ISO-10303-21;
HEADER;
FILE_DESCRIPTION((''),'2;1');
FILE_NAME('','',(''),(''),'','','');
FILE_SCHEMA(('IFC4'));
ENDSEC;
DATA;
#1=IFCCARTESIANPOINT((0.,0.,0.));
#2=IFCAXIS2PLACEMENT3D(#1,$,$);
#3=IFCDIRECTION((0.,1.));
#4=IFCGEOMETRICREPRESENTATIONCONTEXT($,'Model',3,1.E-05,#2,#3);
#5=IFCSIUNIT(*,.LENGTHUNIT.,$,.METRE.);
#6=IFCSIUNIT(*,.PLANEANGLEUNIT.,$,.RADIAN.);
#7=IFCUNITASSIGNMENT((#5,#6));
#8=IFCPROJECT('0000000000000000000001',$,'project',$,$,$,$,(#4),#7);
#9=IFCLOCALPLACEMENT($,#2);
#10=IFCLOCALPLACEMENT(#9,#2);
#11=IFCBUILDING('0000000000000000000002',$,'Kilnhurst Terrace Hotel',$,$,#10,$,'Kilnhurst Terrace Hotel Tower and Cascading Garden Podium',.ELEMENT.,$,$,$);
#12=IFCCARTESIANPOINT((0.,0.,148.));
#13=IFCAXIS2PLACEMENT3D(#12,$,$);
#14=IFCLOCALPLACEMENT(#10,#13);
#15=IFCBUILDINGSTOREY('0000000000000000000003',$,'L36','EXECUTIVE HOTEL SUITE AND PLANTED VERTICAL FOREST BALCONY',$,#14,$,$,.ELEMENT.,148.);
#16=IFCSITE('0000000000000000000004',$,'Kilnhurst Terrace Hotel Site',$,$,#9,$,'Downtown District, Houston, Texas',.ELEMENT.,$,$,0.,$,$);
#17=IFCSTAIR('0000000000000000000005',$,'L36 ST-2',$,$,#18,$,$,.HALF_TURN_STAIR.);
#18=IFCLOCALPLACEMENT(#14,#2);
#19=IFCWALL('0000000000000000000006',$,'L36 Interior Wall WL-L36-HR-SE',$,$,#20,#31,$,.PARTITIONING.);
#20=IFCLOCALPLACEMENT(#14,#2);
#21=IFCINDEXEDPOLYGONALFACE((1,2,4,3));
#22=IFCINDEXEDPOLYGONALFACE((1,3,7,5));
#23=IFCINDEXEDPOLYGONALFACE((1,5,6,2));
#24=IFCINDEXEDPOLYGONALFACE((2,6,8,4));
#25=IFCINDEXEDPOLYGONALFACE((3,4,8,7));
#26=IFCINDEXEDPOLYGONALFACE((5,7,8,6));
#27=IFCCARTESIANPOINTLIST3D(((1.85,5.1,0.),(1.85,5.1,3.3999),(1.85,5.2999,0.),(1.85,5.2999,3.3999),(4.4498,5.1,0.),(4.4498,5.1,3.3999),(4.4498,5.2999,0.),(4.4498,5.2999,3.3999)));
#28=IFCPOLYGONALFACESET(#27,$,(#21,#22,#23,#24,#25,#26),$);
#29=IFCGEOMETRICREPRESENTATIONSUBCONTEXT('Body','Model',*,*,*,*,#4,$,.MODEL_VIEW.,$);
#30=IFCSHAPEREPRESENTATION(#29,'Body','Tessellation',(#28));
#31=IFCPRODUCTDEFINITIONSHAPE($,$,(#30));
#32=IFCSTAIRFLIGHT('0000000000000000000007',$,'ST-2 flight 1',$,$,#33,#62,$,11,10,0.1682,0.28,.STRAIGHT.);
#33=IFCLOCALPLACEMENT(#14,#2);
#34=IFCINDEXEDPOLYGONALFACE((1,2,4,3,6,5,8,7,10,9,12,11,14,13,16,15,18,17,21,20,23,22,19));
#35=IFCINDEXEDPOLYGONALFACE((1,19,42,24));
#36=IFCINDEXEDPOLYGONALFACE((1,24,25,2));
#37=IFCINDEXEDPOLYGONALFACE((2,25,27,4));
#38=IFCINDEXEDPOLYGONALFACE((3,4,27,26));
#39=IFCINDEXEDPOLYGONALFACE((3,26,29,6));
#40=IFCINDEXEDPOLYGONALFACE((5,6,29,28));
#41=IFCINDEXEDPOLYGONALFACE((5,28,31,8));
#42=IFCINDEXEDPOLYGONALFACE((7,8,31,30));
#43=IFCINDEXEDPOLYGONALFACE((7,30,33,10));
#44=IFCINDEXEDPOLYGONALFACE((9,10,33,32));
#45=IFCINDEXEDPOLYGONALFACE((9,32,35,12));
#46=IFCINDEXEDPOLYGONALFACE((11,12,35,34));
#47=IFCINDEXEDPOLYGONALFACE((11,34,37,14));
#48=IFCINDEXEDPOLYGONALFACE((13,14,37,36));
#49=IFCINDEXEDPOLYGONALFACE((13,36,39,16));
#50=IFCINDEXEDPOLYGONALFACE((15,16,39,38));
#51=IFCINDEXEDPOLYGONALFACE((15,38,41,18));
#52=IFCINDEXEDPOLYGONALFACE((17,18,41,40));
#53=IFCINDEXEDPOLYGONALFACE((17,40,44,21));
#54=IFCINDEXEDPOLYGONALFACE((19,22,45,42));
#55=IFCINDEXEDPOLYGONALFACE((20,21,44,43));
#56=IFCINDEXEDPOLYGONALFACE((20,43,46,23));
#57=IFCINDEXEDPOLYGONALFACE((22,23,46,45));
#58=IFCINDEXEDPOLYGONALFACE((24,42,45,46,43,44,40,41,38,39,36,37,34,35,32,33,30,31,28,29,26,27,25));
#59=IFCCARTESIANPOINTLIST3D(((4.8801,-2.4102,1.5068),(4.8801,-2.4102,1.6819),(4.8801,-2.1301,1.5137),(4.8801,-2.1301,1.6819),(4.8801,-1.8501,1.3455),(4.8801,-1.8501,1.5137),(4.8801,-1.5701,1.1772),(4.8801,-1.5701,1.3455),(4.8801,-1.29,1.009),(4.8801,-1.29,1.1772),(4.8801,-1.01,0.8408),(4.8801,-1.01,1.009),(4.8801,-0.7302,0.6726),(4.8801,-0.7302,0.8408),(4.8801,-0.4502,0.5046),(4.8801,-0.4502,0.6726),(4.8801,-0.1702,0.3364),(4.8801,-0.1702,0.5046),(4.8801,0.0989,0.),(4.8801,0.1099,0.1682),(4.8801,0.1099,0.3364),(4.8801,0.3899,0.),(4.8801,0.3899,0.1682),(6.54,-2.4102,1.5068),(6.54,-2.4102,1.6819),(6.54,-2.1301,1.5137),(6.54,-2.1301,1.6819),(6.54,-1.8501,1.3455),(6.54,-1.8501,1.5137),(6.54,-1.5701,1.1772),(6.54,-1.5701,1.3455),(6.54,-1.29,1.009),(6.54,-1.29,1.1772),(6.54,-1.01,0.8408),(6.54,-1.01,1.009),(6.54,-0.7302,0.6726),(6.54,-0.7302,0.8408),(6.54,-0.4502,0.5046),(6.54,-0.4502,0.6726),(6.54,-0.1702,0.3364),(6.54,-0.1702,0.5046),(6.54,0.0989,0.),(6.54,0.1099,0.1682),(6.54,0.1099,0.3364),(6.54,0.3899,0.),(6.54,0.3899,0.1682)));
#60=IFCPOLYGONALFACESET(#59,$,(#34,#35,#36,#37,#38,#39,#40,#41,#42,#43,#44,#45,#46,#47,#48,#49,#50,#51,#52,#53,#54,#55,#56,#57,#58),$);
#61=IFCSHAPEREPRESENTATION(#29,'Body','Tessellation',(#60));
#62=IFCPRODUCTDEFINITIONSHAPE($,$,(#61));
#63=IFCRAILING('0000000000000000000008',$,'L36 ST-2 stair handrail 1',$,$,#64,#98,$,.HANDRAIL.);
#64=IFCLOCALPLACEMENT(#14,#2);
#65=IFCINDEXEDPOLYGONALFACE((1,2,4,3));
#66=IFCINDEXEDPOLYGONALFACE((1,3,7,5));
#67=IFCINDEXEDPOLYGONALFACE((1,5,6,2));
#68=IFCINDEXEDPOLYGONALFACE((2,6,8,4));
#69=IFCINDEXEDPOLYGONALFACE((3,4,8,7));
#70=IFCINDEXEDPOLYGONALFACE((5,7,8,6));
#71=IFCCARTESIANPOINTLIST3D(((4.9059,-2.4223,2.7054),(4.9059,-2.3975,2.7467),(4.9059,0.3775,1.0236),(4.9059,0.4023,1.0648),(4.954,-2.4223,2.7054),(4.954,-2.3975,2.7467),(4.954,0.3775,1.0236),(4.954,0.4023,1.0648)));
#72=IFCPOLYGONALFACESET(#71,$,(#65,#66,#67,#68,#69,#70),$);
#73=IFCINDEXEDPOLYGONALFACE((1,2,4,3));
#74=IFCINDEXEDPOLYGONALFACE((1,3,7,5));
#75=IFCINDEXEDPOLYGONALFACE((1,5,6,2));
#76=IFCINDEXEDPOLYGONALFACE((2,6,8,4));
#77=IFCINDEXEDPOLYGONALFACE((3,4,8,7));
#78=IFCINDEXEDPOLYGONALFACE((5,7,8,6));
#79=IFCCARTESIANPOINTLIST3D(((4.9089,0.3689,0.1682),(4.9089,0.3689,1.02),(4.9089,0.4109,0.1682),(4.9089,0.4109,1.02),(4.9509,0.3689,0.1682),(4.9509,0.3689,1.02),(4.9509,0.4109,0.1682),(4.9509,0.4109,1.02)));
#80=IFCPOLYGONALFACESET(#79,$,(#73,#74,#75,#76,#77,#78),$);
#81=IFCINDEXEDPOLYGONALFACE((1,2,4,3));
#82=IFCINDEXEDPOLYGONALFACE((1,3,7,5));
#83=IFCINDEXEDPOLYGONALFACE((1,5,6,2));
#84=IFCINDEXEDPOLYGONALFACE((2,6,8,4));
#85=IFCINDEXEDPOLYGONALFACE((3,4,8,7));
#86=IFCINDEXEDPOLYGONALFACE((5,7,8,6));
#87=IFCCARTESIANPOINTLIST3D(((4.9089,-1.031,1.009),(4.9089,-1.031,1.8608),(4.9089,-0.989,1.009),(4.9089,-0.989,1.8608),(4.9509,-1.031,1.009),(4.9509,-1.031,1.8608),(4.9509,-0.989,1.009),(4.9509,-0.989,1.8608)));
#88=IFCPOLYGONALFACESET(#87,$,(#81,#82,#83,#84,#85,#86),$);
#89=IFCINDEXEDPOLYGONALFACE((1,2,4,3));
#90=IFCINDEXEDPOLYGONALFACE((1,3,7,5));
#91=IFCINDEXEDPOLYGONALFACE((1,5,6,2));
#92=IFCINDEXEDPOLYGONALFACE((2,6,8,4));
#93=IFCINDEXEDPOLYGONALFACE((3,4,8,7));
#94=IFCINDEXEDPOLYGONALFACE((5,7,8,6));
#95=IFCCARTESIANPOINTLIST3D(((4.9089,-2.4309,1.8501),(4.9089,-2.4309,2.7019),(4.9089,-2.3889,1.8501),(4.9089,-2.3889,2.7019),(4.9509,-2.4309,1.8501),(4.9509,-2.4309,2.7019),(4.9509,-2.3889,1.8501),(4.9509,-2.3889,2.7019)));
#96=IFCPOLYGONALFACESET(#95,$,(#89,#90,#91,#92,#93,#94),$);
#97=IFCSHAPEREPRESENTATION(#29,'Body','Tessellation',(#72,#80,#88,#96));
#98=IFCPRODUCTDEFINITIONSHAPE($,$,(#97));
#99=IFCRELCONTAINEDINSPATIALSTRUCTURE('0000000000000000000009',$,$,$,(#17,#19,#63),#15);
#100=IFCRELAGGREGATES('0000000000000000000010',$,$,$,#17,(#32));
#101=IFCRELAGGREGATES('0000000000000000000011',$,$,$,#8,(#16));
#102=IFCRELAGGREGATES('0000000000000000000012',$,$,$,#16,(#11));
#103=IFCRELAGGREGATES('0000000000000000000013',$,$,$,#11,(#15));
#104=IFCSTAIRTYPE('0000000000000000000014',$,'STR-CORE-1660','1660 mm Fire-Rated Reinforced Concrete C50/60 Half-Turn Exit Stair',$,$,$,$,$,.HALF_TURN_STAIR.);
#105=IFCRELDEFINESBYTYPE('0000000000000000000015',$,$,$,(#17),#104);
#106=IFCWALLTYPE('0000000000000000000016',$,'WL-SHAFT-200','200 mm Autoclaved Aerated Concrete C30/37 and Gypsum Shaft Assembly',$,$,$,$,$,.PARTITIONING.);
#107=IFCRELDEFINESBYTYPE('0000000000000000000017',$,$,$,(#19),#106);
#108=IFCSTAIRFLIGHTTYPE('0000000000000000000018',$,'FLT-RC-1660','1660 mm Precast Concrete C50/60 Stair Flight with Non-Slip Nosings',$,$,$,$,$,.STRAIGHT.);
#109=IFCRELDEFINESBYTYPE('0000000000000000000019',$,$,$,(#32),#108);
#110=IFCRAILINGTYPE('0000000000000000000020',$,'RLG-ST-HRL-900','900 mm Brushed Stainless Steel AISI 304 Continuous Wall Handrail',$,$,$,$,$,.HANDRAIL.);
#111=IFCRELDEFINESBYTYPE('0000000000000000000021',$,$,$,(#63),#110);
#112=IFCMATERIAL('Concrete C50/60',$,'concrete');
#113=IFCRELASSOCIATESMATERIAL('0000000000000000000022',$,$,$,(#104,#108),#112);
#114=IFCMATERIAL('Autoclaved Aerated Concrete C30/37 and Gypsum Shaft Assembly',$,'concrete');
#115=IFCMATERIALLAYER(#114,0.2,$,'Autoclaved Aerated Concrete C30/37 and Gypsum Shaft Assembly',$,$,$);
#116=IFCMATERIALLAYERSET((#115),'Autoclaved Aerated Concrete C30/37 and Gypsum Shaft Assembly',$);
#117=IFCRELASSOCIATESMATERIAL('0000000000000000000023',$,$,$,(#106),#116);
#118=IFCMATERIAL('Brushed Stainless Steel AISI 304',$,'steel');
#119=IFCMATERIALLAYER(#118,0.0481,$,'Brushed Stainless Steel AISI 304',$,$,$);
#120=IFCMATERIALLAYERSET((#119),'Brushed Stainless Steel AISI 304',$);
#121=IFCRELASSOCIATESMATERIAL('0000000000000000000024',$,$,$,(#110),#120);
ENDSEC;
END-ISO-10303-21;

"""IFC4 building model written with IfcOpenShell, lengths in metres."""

from ifc_helpers import new_model, si_unit, direction, frame, frame_2d, origin, origin_2d, place, context, subcontext, project, spatial, polyline, rectangle, outline, extrude, material, layer, layer_set, type_object, element, aggregate, save


model = new_model("IFC4")

# Units and contexts
model_context = context("Model", 3, precision=1e-05, world=origin(), true_north=direction((0.0, 1.0)))
body_context = subcontext(model_context, "Body", "Model", "MODEL_VIEW")
ifc_project = project(units=[si_unit("LENGTHUNIT", "METRE"), si_unit("PLANEANGLEUNIT", "RADIAN")], contexts=[model_context])

# Site, building, storey
site_placement = place(None, origin())
site = spatial("IfcSite", under=ifc_project, at=site_placement, Name="Kilnhurst Terrace Hotel Site", LongName="Downtown District, Houston, Texas", CompositionType="ELEMENT", RefElevation=0.0)
building_placement = place(site_placement, origin())
building = spatial("IfcBuilding", under=site, at=building_placement, Name="Kilnhurst Terrace Hotel", LongName="Kilnhurst Terrace Hotel Tower and Cascading Garden Podium", CompositionType="ELEMENT")
storey_placement = place(building_placement, frame((0.0, 0.0, 148.0)))
storey = spatial("IfcBuildingStorey", under=building, at=storey_placement, Name="L36", Description="EXECUTIVE HOTEL SUITE AND PLANTED VERTICAL FOREST BALCONY", CompositionType="ELEMENT", Elevation=148.0)

# Stair
ifc_material_1 = material(Name="Concrete C50/60", Category="concrete")
stair_type = type_object("IfcStairType", Name="STR-CORE-1660", Description="1660 mm Fire-Rated Reinforced Concrete C50/60 Half-Turn Exit Stair", PredefinedType="HALF_TURN_STAIR", material=ifc_material_1)
stair_1_placement = place(storey_placement, origin())
stair_1 = element("IfcStair", 1, at=stair_1_placement, inside=storey, type_object=stair_type, Name="L36 ST-2", PredefinedType="HALF_TURN_STAIR")

# Shared definitions
ifc_material_2 = material(Name="Autoclaved Aerated Concrete C30/37 and Gypsum Shaft Assembly", Category="concrete")
ifc_layer_1 = layer(ifc_material_2, 0.2, Name="Autoclaved Aerated Concrete C30/37 and Gypsum Shaft Assembly")
ifc_layer_set_1 = layer_set([ifc_layer_1], Name="Autoclaved Aerated Concrete C30/37 and Gypsum Shaft Assembly")
wall_type_1 = type_object("IfcWallType", Name="WL-SHAFT-200", Description="200 mm Autoclaved Aerated Concrete C30/37 and Gypsum Shaft Assembly", PredefinedType="PARTITIONING", material=ifc_layer_set_1)

# Wall
wall_1_placement = place(storey_placement, frame((1.8501, 5.2, 0.0), z_axis=(0.0, 0.0, 1.0), x_axis=(1.0, 0.0, 0.0)))
element("IfcWall", 2, at=wall_1_placement, inside=storey, type_object=wall_type_1, Name="L36 Interior Wall WL-L36-HR-SE", PredefinedType="PARTITIONING", context=body_context, shape_type="SweptSolid", body=[
    extrude(rectangle(XDim=2.5999, YDim=0.2, at=frame_2d((1.2998, 0.0))), origin(), (0.0, 0.0, 1.0), 3.3999),
])

# Stair flight
stair_flight_type = type_object("IfcStairFlightType", Name="FLT-RC-1660", Description="1660 mm Precast Concrete C50/60 Stair Flight with Non-Slip Nosings", PredefinedType="STRAIGHT", material=ifc_material_1)
stair_flight_placement = place(storey_placement, frame((5.71, 0.3899, 0.0), z_axis=(0.0, 0.0, 1.0), x_axis=(0.0, -1.0, 0.0)))
stair_flight = element("IfcStairFlight", 3, at=stair_flight_placement, type_object=stair_flight_type, Name="ST-2 flight 1", NumberOfRisers=11, NumberOfTreads=10, PredefinedType="STRAIGHT", RiserHeight=0.1682, TreadLength=0.28, context=body_context, shape_type="SweptSolid", body=[
    extrude(outline(polyline([(0.0, 0.0), (0.0, 0.1682), (0.28, 0.1682), (0.28, 0.3364), (0.5601, 0.3364), (0.5601, 0.5046), (0.8401, 0.5046), (0.8401, 0.6726), (1.1201, 0.6726), (1.1201, 0.8408), (1.3999, 0.8408), (1.3999, 1.009), (1.6799, 1.009), (1.6799, 1.1772), (1.96, 1.1772), (1.96, 1.3455), (2.24, 1.3455), (2.24, 1.5137), (2.52, 1.5137), (2.52, 1.6819), (2.8, 1.6819), (2.8, 1.8501), (2.8, 1.5068), (0.291, 0.0), (0.0, 0.0)])), frame((0.0, 0.8301, 0.0), z_axis=(0.0, -1.0, 0.0), x_axis=(1.0, 0.0, 0.0)), (0.0, 0.0, 1.0), 1.6599),
])
aggregate(stair_1, [stair_flight])

# Railing
ifc_material_3 = material(Name="Brushed Stainless Steel AISI 304", Category="steel")
ifc_layer_2 = layer(ifc_material_3, 0.0481, Name="Brushed Stainless Steel AISI 304")
ifc_layer_set_2 = layer_set([ifc_layer_2], Name="Brushed Stainless Steel AISI 304")
railing_type = type_object("IfcRailingType", Name="RLG-ST-HRL-900", Description="900 mm Brushed Stainless Steel AISI 304 Continuous Wall Handrail", PredefinedType="HANDRAIL", material=ifc_layer_set_2)
railing_placement = place(storey_placement, frame((4.9299, 0.3899, 0.1682)))
element("IfcRailing", 4, at=railing_placement, inside=storey, type_object=railing_type, Name="L36 ST-2 stair handrail 1", PredefinedType="HANDRAIL", context=body_context, shape_type="SweptSolid", body=[
    extrude(rectangle(XDim=0.0481, YDim=0.0481, at=origin_2d()), frame((0.0, 0.0, 0.876), z_axis=(0.0, -0.857222, 0.514946), x_axis=(1.0, 0.0, 0.0)), (0.0, 0.0, 1.0), 3.2661),
    extrude(rectangle(XDim=0.042, YDim=0.042, at=origin_2d()), origin(), (0.0, 0.0, 1.0), 0.8518),
    extrude(rectangle(XDim=0.042, YDim=0.042, at=origin_2d()), frame((0.0, -1.3999, 0.8408)), (0.0, 0.0, 1.0), 0.8518),
    extrude(rectangle(XDim=0.042, YDim=0.042, at=origin_2d()), frame((0.0, -2.7998, 1.6819)), (0.0, 0.0, 1.0), 0.8518),
])

save(model, "model.ifc")
